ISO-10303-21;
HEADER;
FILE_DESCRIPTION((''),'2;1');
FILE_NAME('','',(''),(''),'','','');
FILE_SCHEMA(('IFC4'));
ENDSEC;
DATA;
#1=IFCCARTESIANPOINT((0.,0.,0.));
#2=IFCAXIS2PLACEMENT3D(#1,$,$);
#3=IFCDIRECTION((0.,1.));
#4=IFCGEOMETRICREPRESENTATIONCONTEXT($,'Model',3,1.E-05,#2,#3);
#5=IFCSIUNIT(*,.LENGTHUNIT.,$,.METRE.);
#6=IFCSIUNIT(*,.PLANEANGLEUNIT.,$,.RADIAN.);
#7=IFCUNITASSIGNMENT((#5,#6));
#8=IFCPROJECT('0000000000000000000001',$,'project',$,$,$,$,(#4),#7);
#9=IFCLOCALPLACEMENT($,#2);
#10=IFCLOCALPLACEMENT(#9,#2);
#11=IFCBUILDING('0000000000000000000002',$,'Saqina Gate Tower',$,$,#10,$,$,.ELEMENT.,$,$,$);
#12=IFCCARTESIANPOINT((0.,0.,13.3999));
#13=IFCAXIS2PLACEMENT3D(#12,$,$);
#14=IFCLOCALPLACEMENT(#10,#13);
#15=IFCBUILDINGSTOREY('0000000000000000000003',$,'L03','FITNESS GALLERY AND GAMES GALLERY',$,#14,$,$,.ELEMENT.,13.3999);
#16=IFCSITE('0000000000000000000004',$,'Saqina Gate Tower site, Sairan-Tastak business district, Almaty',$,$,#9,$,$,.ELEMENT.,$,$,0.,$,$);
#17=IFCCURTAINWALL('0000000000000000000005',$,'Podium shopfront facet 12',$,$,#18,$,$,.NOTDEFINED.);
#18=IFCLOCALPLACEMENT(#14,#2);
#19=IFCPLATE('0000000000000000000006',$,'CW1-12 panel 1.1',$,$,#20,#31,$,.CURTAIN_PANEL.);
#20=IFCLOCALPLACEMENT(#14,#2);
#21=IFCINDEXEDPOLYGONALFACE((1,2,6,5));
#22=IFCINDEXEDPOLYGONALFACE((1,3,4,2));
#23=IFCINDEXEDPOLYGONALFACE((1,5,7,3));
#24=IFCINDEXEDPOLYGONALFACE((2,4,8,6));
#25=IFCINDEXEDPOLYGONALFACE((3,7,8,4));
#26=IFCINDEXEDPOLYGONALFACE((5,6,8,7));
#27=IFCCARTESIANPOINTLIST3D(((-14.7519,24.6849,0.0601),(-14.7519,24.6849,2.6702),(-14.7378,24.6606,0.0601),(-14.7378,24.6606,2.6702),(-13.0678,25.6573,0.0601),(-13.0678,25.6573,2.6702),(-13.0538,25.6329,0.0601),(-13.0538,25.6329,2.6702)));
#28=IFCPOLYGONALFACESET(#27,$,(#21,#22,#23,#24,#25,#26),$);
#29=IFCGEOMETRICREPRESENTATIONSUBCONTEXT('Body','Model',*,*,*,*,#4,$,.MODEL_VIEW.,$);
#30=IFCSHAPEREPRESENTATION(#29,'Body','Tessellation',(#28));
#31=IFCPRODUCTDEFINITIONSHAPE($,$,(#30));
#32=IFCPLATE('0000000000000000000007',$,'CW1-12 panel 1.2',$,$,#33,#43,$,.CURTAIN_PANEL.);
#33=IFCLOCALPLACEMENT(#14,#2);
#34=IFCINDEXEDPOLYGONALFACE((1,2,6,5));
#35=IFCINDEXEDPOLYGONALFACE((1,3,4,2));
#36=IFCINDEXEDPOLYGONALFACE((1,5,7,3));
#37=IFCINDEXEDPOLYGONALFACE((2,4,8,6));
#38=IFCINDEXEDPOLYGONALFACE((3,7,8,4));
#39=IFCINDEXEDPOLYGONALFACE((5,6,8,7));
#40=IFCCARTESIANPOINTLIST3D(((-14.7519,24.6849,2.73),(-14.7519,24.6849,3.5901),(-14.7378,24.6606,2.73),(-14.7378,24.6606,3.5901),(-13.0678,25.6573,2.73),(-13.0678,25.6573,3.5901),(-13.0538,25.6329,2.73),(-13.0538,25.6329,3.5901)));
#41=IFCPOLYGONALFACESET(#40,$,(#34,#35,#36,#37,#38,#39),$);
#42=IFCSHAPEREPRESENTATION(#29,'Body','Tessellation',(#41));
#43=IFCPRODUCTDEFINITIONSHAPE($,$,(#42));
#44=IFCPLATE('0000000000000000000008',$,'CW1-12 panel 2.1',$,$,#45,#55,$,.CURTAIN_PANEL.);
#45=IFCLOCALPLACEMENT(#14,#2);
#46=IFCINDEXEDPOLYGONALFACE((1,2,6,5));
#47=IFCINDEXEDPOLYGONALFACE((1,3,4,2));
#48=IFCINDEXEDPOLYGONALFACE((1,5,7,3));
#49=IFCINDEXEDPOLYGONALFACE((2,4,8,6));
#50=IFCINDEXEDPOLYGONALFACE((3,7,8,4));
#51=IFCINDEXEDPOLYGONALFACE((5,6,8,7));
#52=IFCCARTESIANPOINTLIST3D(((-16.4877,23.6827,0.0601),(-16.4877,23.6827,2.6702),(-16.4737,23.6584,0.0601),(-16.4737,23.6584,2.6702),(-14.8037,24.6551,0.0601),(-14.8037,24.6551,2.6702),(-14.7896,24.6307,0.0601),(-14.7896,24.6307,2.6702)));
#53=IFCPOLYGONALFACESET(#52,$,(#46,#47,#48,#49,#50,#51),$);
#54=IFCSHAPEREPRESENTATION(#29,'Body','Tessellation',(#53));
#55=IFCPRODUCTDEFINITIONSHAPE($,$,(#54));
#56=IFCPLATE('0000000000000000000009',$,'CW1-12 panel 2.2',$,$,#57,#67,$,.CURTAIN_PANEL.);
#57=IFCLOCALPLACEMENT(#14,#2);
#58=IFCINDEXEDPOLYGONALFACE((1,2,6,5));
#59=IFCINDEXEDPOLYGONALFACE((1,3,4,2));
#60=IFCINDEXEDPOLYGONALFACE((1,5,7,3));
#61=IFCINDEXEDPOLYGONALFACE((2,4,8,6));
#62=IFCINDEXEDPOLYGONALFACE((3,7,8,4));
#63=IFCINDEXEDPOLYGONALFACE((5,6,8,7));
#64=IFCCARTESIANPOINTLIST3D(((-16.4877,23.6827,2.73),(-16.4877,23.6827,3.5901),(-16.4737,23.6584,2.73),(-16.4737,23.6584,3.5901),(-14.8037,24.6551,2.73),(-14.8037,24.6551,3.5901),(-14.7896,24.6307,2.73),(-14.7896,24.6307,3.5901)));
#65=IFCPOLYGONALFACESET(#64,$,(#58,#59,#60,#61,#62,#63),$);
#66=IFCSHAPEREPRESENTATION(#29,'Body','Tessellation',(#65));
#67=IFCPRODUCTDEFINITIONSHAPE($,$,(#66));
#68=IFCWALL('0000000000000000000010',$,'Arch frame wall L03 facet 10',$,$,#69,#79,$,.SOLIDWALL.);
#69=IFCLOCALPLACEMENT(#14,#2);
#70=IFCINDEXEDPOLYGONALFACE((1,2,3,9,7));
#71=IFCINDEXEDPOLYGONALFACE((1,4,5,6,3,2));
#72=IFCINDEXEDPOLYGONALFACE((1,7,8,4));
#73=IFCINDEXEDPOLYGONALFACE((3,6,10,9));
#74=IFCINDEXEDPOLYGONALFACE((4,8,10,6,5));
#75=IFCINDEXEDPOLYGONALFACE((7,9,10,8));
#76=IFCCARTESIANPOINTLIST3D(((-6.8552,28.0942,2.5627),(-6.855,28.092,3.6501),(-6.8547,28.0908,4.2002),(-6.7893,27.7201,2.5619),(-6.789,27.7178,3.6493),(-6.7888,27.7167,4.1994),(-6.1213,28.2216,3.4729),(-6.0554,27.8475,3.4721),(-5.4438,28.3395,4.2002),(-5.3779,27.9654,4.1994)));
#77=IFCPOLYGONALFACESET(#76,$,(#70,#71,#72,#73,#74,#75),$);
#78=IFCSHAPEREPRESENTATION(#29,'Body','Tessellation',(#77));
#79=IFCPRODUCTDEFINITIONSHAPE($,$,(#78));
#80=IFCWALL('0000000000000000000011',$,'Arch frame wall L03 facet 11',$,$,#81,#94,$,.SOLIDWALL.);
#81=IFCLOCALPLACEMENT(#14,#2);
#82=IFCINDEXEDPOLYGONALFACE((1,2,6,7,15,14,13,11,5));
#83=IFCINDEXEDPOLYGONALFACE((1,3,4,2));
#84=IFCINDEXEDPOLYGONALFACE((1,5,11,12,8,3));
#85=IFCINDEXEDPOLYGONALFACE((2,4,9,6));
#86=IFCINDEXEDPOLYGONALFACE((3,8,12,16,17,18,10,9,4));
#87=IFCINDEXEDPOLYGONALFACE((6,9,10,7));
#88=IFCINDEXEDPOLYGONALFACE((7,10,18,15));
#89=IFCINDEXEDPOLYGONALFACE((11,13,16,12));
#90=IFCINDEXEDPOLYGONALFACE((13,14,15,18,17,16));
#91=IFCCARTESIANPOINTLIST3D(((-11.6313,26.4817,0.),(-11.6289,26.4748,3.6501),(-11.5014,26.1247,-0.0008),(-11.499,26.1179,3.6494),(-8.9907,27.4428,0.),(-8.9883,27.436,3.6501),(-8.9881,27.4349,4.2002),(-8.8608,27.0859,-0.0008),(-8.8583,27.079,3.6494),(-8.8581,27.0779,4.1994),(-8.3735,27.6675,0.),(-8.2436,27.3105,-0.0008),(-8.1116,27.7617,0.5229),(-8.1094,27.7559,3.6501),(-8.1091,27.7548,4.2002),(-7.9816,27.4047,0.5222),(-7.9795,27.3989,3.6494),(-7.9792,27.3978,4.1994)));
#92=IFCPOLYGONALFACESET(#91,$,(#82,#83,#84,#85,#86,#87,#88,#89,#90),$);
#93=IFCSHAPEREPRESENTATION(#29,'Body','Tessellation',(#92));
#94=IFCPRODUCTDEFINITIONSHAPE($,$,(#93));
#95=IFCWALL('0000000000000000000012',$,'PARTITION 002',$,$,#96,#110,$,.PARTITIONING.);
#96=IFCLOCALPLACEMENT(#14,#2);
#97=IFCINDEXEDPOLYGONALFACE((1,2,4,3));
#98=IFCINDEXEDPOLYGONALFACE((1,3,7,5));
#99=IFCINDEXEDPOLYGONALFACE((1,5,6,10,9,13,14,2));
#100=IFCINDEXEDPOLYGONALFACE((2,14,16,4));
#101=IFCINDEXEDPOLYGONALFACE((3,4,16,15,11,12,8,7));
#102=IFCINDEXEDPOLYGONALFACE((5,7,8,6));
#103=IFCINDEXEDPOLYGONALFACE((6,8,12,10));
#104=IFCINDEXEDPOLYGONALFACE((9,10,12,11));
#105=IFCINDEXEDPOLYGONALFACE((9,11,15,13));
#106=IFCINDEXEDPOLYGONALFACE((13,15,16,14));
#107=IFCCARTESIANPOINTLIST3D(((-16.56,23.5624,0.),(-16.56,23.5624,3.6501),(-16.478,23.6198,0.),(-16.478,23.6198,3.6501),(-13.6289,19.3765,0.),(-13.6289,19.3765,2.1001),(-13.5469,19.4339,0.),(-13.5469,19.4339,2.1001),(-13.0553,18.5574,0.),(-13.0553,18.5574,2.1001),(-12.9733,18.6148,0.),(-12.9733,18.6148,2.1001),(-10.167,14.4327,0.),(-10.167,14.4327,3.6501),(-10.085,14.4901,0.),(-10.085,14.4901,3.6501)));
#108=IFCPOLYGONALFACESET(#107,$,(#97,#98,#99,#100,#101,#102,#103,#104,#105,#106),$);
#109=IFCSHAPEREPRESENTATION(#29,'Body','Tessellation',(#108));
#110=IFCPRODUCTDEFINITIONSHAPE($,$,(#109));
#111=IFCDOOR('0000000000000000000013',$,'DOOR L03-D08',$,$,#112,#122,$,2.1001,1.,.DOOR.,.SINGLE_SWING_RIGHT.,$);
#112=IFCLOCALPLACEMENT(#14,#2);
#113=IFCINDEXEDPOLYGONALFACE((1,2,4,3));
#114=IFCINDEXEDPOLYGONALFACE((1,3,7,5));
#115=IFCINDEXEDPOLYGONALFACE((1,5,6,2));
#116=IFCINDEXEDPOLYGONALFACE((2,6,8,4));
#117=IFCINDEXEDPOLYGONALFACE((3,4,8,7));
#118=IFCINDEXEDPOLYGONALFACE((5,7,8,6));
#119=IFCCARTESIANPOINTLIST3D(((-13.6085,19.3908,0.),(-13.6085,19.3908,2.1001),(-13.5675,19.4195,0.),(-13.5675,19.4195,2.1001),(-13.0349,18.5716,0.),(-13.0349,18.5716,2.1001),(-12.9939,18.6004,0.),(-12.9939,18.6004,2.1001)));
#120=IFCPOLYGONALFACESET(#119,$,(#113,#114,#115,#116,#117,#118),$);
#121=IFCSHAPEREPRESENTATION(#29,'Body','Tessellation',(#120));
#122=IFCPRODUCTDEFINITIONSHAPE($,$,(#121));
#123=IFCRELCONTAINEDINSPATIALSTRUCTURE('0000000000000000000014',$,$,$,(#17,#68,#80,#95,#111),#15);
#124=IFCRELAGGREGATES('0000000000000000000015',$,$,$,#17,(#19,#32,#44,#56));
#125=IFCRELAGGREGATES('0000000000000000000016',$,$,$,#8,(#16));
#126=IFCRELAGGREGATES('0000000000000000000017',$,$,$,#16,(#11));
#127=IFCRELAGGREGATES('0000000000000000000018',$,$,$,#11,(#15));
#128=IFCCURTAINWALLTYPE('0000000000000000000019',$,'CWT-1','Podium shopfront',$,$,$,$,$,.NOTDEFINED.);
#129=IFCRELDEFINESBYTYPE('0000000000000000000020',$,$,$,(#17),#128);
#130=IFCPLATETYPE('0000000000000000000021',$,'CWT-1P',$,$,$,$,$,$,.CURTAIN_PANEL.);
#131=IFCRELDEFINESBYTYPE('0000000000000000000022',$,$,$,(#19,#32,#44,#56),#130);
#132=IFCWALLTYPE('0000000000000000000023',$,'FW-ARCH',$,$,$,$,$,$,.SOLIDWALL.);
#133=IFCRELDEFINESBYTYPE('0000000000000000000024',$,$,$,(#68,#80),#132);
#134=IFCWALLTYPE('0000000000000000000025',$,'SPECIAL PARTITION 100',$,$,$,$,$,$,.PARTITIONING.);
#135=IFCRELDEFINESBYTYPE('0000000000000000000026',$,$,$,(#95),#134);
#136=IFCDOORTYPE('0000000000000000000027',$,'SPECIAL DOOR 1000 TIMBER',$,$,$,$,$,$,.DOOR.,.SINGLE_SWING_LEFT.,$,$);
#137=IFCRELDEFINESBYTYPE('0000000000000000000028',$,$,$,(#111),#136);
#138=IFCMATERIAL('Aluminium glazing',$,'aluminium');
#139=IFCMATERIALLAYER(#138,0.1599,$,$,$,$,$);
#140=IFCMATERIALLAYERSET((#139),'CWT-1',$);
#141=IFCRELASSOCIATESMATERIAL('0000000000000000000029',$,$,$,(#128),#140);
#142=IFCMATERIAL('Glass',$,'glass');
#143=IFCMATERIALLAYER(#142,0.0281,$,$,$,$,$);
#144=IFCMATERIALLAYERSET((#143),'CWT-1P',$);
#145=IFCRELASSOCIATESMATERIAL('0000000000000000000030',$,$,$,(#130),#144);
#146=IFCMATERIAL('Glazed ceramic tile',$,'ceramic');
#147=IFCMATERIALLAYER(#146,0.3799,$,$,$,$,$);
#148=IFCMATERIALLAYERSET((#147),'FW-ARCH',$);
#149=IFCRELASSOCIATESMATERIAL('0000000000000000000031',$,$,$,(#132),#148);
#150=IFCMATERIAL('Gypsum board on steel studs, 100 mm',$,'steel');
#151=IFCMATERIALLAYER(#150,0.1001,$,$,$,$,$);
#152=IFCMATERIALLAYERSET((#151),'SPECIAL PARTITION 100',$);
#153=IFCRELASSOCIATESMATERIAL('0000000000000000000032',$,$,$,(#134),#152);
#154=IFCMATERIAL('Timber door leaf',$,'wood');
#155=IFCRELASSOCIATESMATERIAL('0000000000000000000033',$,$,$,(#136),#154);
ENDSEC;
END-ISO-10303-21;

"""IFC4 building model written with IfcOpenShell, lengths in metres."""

from ifc_helpers import new_model, si_unit, direction, frame, frame_2d, origin, origin_2d, place, context, subcontext, project, spatial, polyline, rectangle, outline, extrude, material, layer, layer_set, type_object, element, fill, aggregate, save


model = new_model("IFC4")

# Units and contexts
model_context = context("Model", 3, precision=1e-05, world=origin(), true_north=direction((0.0, 1.0)))
body_context = subcontext(model_context, "Body", "Model", "MODEL_VIEW")
ifc_project = project(units=[si_unit("LENGTHUNIT", "METRE"), si_unit("PLANEANGLEUNIT", "RADIAN")], contexts=[model_context])

# Site, building, storey
site_placement = place(None, origin())
site = spatial("IfcSite", under=ifc_project, at=site_placement, Name="Saqina Gate Tower site, Sairan-Tastak business district, Almaty", CompositionType="ELEMENT", RefElevation=0.0)
building_placement = place(site_placement, origin())
building = spatial("IfcBuilding", under=site, at=building_placement, Name="Saqina Gate Tower", CompositionType="ELEMENT")
storey_placement = place(building_placement, frame((0.0, 0.0, 13.3999)))
storey = spatial("IfcBuildingStorey", under=building, at=storey_placement, Name="L03", Description="FITNESS GALLERY AND GAMES GALLERY", CompositionType="ELEMENT", Elevation=13.3999)

# Curtain wall
ifc_material_1 = material(Name="Aluminium glazing", Category="aluminium")
ifc_layer_1 = layer(ifc_material_1, 0.1599)
ifc_layer_set_1 = layer_set([ifc_layer_1], Name="CWT-1")
curtain_wall_type = type_object("IfcCurtainWallType", Name="CWT-1", Description="Podium shopfront", PredefinedType="NOTDEFINED", material=ifc_layer_set_1)
curtain_wall_1_placement = place(storey_placement, origin())
curtain_wall_1 = element("IfcCurtainWall", 1, at=curtain_wall_1_placement, inside=storey, type_object=curtain_wall_type, Name="Podium shopfront facet 12", PredefinedType="NOTDEFINED")

# Plates
ifc_material_2 = material(Name="Glass", Category="glass")
ifc_layer_2 = layer(ifc_material_2, 0.0281)
ifc_layer_set_2 = layer_set([ifc_layer_2], Name="CWT-1P")
plate_type = type_object("IfcPlateType", Name="CWT-1P", PredefinedType="CURTAIN_PANEL", material=ifc_layer_set_2)
plate_1_placement = place(storey_placement, frame((-13.9028, 25.1589, 0.0601), z_axis=(0.0, 0.0, 1.0), x_axis=(-0.866017, -0.500014, 0.0)))
plate_1 = element("IfcPlate", 2, at=plate_1_placement, type_object=plate_type, Name="CW1-12 panel 1.1", PredefinedType="CURTAIN_PANEL", context=body_context, shape_type="SweptSolid", body=[
    extrude(rectangle(XDim=1.9446, YDim=0.0281, at=origin_2d()), origin(), (0.0, 0.0, 1.0), 2.6101),
])
plate_2_placement = place(storey_placement, frame((-13.9028, 25.1589, 2.73), z_axis=(0.0, 0.0, 1.0), x_axis=(-0.866017, -0.500014, 0.0)))
plate_2 = element("IfcPlate", 3, at=plate_2_placement, type_object=plate_type, Name="CW1-12 panel 1.2", PredefinedType="CURTAIN_PANEL", context=body_context, shape_type="SweptSolid", body=[
    extrude(rectangle(XDim=1.9446, YDim=0.0281, at=origin_2d()), origin(), (0.0, 0.0, 1.0), 0.8601),
])
plate_3_placement = place(storey_placement, frame((-15.6387, 24.1567, 0.0601), z_axis=(0.0, 0.0, 1.0), x_axis=(-0.866017, -0.500014, 0.0)))
plate_3 = element("IfcPlate", 4, at=plate_3_placement, type_object=plate_type, Name="CW1-12 panel 2.1", PredefinedType="CURTAIN_PANEL", context=body_context, shape_type="SweptSolid", body=[
    extrude(rectangle(XDim=1.9446, YDim=0.0281, at=origin_2d()), origin(), (0.0, 0.0, 1.0), 2.6101),
])
plate_4_placement = place(storey_placement, frame((-15.6387, 24.1567, 2.73), z_axis=(0.0, 0.0, 1.0), x_axis=(-0.866017, -0.500014, 0.0)))
plate_4 = element("IfcPlate", 5, at=plate_4_placement, type_object=plate_type, Name="CW1-12 panel 2.2", PredefinedType="CURTAIN_PANEL", context=body_context, shape_type="SweptSolid", body=[
    extrude(rectangle(XDim=1.9446, YDim=0.0281, at=origin_2d()), origin(), (0.0, 0.0, 1.0), 0.8601),
])
aggregate(curtain_wall_1, [plate_1, plate_2, plate_3, plate_4])

# Walls
ifc_material_3 = material(Name="Glazed ceramic tile", Category="ceramic")
ifc_layer_3 = layer(ifc_material_3, 0.3799)
ifc_layer_set_3 = layer_set([ifc_layer_3], Name="FW-ARCH")
wall_type_1 = type_object("IfcWallType", Name="FW-ARCH", PredefinedType="SOLIDWALL", material=ifc_layer_set_3)
wall_1_placement = place(storey_placement, frame((-6.8547, 28.0908, 4.2002), z_axis=(-0.173577, 0.984818, 0.002098), x_axis=(-0.000415, 0.002057, -0.999998)))
element("IfcWall", 6, at=wall_1_placement, inside=storey, type_object=wall_type_1, Name="Arch frame wall L03 facet 10", PredefinedType="SOLIDWALL", context=body_context, shape_type="SweptSolid", body=[
    extrude(outline(polyline([(0.0, 0.0), (0.5501, 0.0), (1.6375, -0.0002), (0.7273, -0.745), (-0.0001, -1.4327), (0.0, 0.0)])), origin(), (0.0, 0.0, -1.0), 0.3799),
])
wall_2_placement = place(storey_placement, frame((-11.6313, 26.4817, 0.0), z_axis=(-0.342027, 0.939688, 0.001991), x_axis=(0.93969, 0.342028, 0.0)))
element("IfcWall", 7, at=wall_2_placement, inside=storey, type_object=wall_type_1, Name="Arch frame wall L03 facet 11", PredefinedType="SOLIDWALL", context=body_context, shape_type="SweptSolid", body=[
    extrude(outline(polyline([(0.0, 0.0), (2.8101, 0.0), (3.4669, 0.0), (3.7453, -0.523), (3.7454, -3.6502), (3.7453, -4.2002), (2.8099, -4.2002), (2.8101, -3.6502), (0.0, -3.6502), (0.0, 0.0)])), origin(), (0.0, 0.0, -1.0), 0.3799),
])

# Wall, opening, door
ifc_material_4 = material(Name="Gypsum board on steel studs, 100 mm", Category="steel")
ifc_layer_4 = layer(ifc_material_4, 0.1001)
ifc_layer_set_4 = layer_set([ifc_layer_4], Name="SPECIAL PARTITION 100")
wall_type_2 = type_object("IfcWallType", Name="SPECIAL PARTITION 100", PredefinedType="PARTITIONING", material=ifc_layer_set_4)
wall_3_placement = place(storey_placement, frame((-16.519, 23.5911, 0.0), z_axis=(0.0, 0.0, 1.0), x_axis=(0.573602, -0.819134, 0.0)))
wall_3 = element("IfcWall", 8, at=wall_3_placement, inside=storey, type_object=wall_type_2, Name="PARTITION 002", PredefinedType="PARTITIONING", context=body_context, shape_type="SweptSolid", body=[
    extrude(rectangle(XDim=11.1455, YDim=0.1001, at=frame_2d((5.5728, 0.0))), origin(), (0.0, 0.0, 1.0), 3.6501),
])
opening_placement = place(wall_3_placement, frame((5.1101, 0.0, 0.0)))
opening = element("IfcOpeningElement", 9, at=opening_placement, cuts=wall_3, PredefinedType="OPENING", context=body_context, shape_type="SweptSolid", body=[
    extrude(rectangle(XDim=1.0, YDim=2.1001, at=frame_2d((0.5, 1.05))), frame((0.0, 0.062, 0.0), z_axis=(0.0, -1.0, 0.0), x_axis=(1.0, 0.0, 0.0)), (0.0, 0.0, 1.0), 0.124),
])
ifc_material_5 = material(Name="Timber door leaf", Category="wood")
door_type = type_object("IfcDoorType", Name="SPECIAL DOOR 1000 TIMBER", OperationType="SINGLE_SWING_LEFT", PredefinedType="DOOR", material=ifc_material_5)
door_placement = place(opening_placement, origin())
door = element("IfcDoor", 10, at=door_placement, inside=storey, type_object=door_type, Name="DOOR L03-D08", OperationType="SINGLE_SWING_RIGHT", OverallHeight=2.1001, OverallWidth=1.0, PredefinedType="DOOR", context=body_context, shape_type="SweptSolid", body=[
    extrude(rectangle(XDim=1.0, YDim=2.1001, at=frame_2d((0.5, 1.05))), frame((0.0, 0.0249, 0.0), z_axis=(0.0, -1.0, 0.0), x_axis=(1.0, 0.0, 0.0)), (0.0, 0.0, 1.0), 0.05),
])
fill(opening, door)

save(model, "model.ifc")
